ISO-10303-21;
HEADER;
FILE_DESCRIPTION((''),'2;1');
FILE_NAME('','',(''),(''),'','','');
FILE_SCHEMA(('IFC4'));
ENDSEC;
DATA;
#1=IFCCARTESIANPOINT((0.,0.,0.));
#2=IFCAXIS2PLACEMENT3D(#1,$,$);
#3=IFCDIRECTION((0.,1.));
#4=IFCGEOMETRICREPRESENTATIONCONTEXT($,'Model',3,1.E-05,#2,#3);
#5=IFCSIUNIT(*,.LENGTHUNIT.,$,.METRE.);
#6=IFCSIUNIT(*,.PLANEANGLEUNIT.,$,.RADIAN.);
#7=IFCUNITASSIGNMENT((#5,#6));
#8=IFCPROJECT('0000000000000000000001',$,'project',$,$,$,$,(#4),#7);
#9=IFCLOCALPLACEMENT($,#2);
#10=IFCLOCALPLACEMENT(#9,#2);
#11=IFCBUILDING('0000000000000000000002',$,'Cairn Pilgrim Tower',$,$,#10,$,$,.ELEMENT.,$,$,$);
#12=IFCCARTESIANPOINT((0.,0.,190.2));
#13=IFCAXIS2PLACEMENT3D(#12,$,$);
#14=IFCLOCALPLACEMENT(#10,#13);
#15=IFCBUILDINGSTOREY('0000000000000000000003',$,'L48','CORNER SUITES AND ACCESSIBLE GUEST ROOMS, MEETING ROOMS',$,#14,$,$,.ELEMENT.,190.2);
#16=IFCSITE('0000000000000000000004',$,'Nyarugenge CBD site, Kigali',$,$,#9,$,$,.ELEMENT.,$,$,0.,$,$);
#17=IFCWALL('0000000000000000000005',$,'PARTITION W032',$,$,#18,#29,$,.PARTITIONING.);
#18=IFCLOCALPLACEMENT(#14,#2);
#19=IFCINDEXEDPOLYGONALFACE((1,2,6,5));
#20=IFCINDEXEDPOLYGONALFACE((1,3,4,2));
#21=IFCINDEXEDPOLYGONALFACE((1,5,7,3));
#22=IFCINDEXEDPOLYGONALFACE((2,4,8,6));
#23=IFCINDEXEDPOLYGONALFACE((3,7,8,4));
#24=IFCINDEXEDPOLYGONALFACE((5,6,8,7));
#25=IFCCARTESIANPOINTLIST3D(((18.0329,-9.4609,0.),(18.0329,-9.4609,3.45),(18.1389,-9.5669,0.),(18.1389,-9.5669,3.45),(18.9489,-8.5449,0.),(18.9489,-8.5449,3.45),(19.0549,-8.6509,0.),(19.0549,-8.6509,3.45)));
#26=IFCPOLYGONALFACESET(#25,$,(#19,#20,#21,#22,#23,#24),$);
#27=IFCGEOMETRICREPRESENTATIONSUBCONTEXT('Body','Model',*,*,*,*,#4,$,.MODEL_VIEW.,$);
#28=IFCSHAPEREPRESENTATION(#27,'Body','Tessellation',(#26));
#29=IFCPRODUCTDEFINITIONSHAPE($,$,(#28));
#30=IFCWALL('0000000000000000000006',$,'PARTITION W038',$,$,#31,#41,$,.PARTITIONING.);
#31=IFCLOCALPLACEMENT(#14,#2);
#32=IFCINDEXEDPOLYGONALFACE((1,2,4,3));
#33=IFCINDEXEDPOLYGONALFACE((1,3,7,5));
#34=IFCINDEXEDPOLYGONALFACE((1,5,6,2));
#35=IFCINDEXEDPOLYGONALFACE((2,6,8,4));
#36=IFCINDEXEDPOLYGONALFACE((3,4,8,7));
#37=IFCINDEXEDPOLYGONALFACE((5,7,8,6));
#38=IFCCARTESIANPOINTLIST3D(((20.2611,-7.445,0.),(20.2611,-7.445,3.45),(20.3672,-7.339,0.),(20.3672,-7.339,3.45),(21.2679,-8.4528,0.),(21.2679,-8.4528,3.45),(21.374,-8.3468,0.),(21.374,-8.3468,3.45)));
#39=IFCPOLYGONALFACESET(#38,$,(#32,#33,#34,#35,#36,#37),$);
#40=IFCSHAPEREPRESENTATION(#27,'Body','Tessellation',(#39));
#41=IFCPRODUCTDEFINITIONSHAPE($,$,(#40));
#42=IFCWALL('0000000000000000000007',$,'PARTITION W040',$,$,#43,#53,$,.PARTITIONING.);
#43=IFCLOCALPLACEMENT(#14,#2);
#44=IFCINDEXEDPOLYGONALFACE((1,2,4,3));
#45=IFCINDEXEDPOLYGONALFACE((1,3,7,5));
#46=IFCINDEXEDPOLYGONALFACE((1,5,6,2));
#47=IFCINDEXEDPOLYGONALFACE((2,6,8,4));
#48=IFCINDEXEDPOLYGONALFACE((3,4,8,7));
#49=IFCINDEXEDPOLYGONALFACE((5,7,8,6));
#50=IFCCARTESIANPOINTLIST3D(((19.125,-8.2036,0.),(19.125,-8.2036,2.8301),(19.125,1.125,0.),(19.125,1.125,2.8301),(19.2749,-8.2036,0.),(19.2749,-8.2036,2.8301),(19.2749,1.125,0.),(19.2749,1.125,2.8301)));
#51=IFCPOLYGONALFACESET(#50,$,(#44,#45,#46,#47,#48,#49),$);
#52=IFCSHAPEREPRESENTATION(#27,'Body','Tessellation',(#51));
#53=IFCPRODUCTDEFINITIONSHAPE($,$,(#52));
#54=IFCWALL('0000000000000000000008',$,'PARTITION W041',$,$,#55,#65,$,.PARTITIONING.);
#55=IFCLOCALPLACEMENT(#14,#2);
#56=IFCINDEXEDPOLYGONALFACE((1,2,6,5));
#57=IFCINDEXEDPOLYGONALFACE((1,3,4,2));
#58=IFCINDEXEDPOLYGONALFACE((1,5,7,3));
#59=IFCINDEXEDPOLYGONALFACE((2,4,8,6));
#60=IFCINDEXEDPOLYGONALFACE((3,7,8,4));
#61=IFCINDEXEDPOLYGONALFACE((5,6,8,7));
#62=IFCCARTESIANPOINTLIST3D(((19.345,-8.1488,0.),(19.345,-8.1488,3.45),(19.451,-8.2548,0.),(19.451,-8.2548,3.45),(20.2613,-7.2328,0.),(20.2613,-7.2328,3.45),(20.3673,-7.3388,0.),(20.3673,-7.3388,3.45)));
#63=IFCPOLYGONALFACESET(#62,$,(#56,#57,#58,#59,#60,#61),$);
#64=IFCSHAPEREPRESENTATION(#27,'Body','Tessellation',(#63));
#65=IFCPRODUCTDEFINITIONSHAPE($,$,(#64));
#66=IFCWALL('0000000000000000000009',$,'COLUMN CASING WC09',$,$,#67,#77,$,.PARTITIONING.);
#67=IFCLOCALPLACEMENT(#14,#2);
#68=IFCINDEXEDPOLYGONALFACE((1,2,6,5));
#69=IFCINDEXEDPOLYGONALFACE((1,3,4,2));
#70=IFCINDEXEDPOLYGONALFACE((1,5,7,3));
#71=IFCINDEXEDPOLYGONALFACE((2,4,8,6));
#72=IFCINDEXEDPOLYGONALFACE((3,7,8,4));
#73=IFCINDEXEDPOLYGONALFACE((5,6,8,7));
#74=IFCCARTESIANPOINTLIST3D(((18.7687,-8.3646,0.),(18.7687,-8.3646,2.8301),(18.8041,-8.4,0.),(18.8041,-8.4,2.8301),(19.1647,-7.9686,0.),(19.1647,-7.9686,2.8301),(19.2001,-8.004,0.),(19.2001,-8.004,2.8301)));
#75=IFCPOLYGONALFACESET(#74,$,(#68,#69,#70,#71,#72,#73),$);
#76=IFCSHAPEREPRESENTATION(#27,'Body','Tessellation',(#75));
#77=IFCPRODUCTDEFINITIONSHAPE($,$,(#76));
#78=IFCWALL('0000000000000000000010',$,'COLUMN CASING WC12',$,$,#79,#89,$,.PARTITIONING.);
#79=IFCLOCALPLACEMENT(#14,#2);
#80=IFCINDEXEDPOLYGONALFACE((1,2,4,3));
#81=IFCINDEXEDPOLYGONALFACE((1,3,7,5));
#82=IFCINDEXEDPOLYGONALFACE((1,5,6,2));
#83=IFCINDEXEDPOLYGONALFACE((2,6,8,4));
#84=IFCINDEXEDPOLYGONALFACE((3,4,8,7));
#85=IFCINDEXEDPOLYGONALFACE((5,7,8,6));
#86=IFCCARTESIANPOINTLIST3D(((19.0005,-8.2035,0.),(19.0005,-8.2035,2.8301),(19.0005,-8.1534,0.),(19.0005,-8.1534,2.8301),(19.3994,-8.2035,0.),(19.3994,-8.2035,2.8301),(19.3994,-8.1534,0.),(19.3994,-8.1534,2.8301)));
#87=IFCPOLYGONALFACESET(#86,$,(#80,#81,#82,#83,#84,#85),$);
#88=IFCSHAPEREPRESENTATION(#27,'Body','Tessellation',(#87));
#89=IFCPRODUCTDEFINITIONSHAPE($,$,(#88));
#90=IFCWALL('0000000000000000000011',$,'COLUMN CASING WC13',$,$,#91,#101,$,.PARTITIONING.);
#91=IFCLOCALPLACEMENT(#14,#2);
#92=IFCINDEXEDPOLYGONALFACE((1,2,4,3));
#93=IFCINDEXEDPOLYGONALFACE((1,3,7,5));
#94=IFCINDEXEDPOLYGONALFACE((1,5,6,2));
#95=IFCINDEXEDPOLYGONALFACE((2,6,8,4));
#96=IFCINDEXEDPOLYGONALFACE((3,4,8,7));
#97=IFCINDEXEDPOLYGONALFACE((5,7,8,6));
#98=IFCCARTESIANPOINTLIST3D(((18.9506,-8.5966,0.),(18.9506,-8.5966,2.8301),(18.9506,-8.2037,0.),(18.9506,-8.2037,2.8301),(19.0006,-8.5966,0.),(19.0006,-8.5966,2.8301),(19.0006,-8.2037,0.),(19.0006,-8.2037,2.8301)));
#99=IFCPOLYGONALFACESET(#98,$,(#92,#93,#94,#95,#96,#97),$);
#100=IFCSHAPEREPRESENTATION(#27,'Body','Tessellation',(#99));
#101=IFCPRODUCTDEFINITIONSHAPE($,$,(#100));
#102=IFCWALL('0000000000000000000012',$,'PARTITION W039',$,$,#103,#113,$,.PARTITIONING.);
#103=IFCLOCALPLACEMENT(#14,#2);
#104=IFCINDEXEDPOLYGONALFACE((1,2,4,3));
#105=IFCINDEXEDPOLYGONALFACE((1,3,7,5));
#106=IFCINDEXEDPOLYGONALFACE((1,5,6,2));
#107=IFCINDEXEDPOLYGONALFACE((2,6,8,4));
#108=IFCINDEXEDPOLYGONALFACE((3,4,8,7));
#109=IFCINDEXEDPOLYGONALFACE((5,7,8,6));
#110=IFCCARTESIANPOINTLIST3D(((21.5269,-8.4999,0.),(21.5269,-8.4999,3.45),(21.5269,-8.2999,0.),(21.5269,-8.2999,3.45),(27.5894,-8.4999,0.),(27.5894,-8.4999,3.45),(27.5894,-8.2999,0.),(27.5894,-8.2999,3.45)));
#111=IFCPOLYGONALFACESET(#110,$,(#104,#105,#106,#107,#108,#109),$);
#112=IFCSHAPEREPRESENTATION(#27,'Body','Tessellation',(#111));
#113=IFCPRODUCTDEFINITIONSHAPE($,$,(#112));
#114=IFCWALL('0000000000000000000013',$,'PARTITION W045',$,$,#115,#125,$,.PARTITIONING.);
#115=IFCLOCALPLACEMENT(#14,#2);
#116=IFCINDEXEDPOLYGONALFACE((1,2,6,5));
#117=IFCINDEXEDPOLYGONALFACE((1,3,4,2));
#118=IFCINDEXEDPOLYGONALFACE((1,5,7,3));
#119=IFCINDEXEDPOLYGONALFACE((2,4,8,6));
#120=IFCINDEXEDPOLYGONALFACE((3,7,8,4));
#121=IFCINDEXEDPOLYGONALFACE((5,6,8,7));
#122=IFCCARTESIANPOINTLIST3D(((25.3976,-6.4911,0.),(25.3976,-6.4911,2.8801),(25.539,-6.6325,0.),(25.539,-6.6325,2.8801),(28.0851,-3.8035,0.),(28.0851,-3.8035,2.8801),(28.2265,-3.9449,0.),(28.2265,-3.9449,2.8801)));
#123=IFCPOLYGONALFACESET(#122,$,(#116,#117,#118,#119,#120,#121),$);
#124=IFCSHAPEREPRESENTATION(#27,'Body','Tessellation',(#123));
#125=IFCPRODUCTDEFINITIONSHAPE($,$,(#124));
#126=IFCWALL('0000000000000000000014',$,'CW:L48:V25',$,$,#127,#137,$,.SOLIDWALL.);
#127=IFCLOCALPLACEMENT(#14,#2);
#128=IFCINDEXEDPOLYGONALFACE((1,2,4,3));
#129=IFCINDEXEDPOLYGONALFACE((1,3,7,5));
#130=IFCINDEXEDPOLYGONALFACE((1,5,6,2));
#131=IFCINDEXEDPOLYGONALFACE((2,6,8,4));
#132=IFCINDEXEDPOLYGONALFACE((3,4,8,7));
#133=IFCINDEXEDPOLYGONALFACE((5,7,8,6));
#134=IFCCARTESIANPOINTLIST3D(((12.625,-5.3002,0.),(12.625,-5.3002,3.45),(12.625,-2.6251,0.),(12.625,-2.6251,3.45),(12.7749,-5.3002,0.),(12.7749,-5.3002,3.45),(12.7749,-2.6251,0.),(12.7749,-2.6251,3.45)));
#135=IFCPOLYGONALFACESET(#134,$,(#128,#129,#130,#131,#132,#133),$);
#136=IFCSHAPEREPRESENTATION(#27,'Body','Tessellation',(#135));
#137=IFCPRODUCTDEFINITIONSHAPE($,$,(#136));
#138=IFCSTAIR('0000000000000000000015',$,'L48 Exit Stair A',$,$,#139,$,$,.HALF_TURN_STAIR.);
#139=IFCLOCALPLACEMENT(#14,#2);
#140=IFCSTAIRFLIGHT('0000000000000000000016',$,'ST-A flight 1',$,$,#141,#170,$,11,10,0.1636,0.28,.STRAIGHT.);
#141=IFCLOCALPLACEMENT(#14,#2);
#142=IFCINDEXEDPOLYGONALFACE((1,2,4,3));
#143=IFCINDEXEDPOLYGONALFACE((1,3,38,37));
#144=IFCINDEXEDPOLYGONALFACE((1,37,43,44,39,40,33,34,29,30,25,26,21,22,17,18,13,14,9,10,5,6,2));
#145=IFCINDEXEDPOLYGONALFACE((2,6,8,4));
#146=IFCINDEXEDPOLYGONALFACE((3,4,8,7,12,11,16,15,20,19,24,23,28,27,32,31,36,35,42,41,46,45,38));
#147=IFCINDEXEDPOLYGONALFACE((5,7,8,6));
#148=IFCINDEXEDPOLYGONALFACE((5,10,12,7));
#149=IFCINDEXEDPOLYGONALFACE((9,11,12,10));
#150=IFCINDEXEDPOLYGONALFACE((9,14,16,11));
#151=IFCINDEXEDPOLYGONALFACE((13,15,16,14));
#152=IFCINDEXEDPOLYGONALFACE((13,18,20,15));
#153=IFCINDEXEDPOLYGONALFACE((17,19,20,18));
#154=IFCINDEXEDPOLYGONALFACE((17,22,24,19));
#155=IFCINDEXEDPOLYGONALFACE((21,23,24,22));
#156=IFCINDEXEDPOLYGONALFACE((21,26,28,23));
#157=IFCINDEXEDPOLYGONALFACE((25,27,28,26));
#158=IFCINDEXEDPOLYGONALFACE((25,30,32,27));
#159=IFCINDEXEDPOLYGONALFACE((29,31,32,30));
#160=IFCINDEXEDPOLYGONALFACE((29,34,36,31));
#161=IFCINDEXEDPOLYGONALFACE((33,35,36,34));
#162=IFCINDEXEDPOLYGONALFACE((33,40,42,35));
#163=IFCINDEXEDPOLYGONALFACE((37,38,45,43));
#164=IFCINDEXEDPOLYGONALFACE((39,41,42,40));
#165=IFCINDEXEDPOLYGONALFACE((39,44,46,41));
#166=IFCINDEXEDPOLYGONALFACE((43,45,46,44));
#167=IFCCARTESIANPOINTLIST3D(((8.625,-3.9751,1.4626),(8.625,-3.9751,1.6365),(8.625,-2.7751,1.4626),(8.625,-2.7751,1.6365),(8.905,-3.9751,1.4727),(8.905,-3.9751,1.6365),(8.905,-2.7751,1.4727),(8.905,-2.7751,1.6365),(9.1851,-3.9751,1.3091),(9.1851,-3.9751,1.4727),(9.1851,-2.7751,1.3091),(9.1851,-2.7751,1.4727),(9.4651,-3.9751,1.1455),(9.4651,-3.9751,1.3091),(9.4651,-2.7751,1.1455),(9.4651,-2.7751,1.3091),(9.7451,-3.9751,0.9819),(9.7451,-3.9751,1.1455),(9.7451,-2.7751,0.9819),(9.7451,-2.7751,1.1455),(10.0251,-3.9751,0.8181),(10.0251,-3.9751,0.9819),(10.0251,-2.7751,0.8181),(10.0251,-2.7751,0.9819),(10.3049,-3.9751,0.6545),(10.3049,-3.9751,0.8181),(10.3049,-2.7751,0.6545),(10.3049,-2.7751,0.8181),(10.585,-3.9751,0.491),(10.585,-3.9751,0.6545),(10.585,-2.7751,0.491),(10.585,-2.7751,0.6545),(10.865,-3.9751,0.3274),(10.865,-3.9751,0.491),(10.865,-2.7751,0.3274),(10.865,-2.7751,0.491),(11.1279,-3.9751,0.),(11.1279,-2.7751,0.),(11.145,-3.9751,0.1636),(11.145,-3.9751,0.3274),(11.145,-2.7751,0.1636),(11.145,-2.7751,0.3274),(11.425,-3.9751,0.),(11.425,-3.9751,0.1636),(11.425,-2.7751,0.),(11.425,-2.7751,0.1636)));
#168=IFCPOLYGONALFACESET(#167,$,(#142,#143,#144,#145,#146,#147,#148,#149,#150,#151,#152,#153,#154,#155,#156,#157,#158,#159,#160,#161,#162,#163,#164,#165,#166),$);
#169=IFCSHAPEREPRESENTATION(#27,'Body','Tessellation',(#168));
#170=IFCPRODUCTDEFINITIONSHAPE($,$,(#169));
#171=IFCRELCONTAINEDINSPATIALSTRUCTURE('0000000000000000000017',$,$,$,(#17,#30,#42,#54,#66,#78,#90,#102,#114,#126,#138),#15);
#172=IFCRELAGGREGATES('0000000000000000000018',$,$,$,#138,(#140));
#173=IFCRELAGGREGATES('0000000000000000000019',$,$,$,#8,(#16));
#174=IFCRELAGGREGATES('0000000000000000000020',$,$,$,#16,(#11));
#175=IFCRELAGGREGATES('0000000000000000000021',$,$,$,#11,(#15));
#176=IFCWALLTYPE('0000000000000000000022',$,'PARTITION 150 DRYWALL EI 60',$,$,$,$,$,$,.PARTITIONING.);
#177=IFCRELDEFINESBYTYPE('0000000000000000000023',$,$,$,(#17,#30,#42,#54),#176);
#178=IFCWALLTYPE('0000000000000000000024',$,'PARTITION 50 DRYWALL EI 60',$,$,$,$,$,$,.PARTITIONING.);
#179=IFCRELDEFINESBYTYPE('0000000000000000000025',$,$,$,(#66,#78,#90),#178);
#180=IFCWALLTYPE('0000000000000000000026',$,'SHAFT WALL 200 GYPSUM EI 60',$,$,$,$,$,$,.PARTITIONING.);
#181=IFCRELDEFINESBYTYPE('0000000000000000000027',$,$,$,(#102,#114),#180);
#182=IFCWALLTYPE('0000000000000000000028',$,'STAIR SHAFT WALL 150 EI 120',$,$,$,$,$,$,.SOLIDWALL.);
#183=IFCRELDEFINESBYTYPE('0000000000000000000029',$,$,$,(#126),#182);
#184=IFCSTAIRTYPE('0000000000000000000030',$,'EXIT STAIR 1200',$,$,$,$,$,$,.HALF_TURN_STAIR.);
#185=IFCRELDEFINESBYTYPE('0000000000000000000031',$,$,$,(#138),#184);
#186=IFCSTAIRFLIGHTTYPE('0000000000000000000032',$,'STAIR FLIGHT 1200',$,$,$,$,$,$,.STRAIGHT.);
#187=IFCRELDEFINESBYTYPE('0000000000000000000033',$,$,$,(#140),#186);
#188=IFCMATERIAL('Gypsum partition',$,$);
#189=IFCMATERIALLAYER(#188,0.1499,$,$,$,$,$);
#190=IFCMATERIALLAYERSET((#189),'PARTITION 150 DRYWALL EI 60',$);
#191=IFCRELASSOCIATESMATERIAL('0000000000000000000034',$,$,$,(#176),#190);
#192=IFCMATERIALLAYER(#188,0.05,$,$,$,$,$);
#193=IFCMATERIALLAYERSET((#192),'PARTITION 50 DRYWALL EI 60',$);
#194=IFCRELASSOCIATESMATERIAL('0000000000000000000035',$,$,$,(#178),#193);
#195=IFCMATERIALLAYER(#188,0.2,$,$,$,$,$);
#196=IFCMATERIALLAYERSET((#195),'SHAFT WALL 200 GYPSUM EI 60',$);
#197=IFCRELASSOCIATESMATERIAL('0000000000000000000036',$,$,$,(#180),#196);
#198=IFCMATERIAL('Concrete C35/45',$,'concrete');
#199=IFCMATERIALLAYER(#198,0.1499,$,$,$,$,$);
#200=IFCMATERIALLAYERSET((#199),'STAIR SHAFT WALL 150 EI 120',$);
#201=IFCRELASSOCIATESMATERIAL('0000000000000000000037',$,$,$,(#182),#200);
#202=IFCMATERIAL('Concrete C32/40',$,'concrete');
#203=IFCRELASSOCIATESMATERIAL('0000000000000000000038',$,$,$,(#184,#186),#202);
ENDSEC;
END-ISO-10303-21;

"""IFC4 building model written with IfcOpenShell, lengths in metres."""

from ifc_helpers import new_model, si_unit, direction, frame, frame_2d, origin, place, context, subcontext, project, spatial, polyline, rectangle, outline, extrude, material, layer, layer_set, type_object, element, aggregate, save


model = new_model("IFC4")

# Units and contexts
model_context = context("Model", 3, precision=1e-05, world=origin(), true_north=direction((0.0, 1.0)))
body_context = subcontext(model_context, "Body", "Model", "MODEL_VIEW")
ifc_project = project(units=[si_unit("LENGTHUNIT", "METRE"), si_unit("PLANEANGLEUNIT", "RADIAN")], contexts=[model_context])

# Site, building, storey
site_placement = place(None, origin())
site = spatial("IfcSite", under=ifc_project, at=site_placement, Name="Nyarugenge CBD site, Kigali", CompositionType="ELEMENT", RefElevation=0.0)
building_placement = place(site_placement, origin())
building = spatial("IfcBuilding", under=site, at=building_placement, Name="Cairn Pilgrim Tower", CompositionType="ELEMENT")
storey_placement = place(building_placement, frame((0.0, 0.0, 190.2)))
storey = spatial("IfcBuildingStorey", under=building, at=storey_placement, Name="L48", Description="CORNER SUITES AND ACCESSIBLE GUEST ROOMS, MEETING ROOMS", CompositionType="ELEMENT", Elevation=190.2)

# Shared definitions
ifc_material_1 = material(Name="Concrete C32/40", Category="concrete")

# Walls
ifc_material_2 = material(Name="Gypsum partition")
ifc_layer_1 = layer(ifc_material_2, 0.1499)
ifc_layer_set_1 = layer_set([ifc_layer_1], Name="PARTITION 150 DRYWALL EI 60")
wall_type_1 = type_object("IfcWallType", Name="PARTITION 150 DRYWALL EI 60", PredefinedType="PARTITIONING", material=ifc_layer_set_1)
wall_1_placement = place(storey_placement, frame((18.0859, -9.5139, 0.0), z_axis=(0.0, 0.0, 1.0), x_axis=(0.707107, 0.707107, 0.0)))
element("IfcWall", 1, at=wall_1_placement, inside=storey, type_object=wall_type_1, Name="PARTITION W032", PredefinedType="PARTITIONING", context=body_context, shape_type="SweptSolid", body=[
    extrude(rectangle(XDim=1.2954, YDim=0.1499, at=frame_2d((0.6477, 0.0))), origin(), (0.0, 0.0, 1.0), 3.45),
])
wall_2_placement = place(storey_placement, frame((21.321, -8.3999, 0.0), z_axis=(0.0, 0.0, 1.0), x_axis=(-0.706764, 0.707449, 0.0)))
element("IfcWall", 2, at=wall_2_placement, inside=storey, type_object=wall_type_1, Name="PARTITION W038", PredefinedType="PARTITIONING", context=body_context, shape_type="SweptSolid", body=[
    extrude(rectangle(XDim=1.4246, YDim=0.1499, at=frame_2d((0.7124, 0.0))), origin(), (0.0, 0.0, 1.0), 3.45),
])
wall_3_placement = place(storey_placement, frame((19.2, -8.2036, 0.0), z_axis=(0.0, 0.0, 1.0), x_axis=(0.0, 1.0, 0.0)))
element("IfcWall", 3, at=wall_3_placement, inside=storey, type_object=wall_type_1, Name="PARTITION W040", PredefinedType="PARTITIONING", context=body_context, shape_type="SweptSolid", body=[
    extrude(rectangle(XDim=9.3286, YDim=0.1499, at=frame_2d((4.6643, 0.0))), origin(), (0.0, 0.0, 1.0), 2.8301),
])
wall_4_placement = place(storey_placement, frame((19.3979, -8.2019, 0.0), z_axis=(0.0, 0.0, 1.0), x_axis=(0.707201, 0.707013, 0.0)))
element("IfcWall", 4, at=wall_4_placement, inside=storey, type_object=wall_type_1, Name="PARTITION W041", PredefinedType="PARTITIONING", context=body_context, shape_type="SweptSolid", body=[
    extrude(rectangle(XDim=1.2957, YDim=0.1499, at=frame_2d((0.6479, 0.0))), origin(), (0.0, 0.0, 1.0), 3.45),
])
ifc_layer_2 = layer(ifc_material_2, 0.05)
ifc_layer_set_2 = layer_set([ifc_layer_2], Name="PARTITION 50 DRYWALL EI 60")
wall_type_2 = type_object("IfcWallType", Name="PARTITION 50 DRYWALL EI 60", PredefinedType="PARTITIONING", material=ifc_layer_set_2)
wall_5_placement = place(storey_placement, frame((18.7864, -8.3823, 0.0), z_axis=(0.0, 0.0, 1.0), x_axis=(0.707107, 0.707107, 0.0)))
element("IfcWall", 5, at=wall_5_placement, inside=storey, type_object=wall_type_2, Name="COLUMN CASING WC09", PredefinedType="PARTITIONING", context=body_context, shape_type="SweptSolid", body=[
    extrude(rectangle(XDim=0.5601, YDim=0.05, at=frame_2d((0.28, 0.0))), origin(), (0.0, 0.0, 1.0), 2.8301),
])
wall_6_placement = place(storey_placement, frame((19.0005, -8.1785, 0.0), z_axis=(0.0, 0.0, 1.0), x_axis=(1.0, 0.0, 0.0)))
element("IfcWall", 6, at=wall_6_placement, inside=storey, type_object=wall_type_2, Name="COLUMN CASING WC12", PredefinedType="PARTITIONING", context=body_context, shape_type="SweptSolid", body=[
    extrude(rectangle(XDim=0.3989, YDim=0.05, at=frame_2d((0.1995, 0.0))), origin(), (0.0, 0.0, 1.0), 2.8301),
])
wall_7_placement = place(storey_placement, frame((18.9756, -8.5964, 0.0), z_axis=(0.0, 0.0, 1.0), x_axis=(0.0, 1.0, 0.0)))
element("IfcWall", 7, at=wall_7_placement, inside=storey, type_object=wall_type_2, Name="COLUMN CASING WC13", PredefinedType="PARTITIONING", context=body_context, shape_type="SweptSolid", body=[
    extrude(rectangle(XDim=0.3928, YDim=0.05, at=frame_2d((0.1963, 0.0))), origin(), (0.0, 0.0, 1.0), 2.8301),
])
ifc_layer_3 = layer(ifc_material_2, 0.2)
ifc_layer_set_3 = layer_set([ifc_layer_3], Name="SHAFT WALL 200 GYPSUM EI 60")
wall_type_3 = type_object("IfcWallType", Name="SHAFT WALL 200 GYPSUM EI 60", PredefinedType="PARTITIONING", material=ifc_layer_set_3)
wall_8_placement = place(storey_placement, frame((21.5269, -8.3999, 0.0), z_axis=(0.0, 0.0, 1.0), x_axis=(1.0, 0.0, 0.0)))
element("IfcWall", 8, at=wall_8_placement, inside=storey, type_object=wall_type_3, Name="PARTITION W039", PredefinedType="PARTITIONING", context=body_context, shape_type="SweptSolid", body=[
    extrude(rectangle(XDim=6.0625, YDim=0.2, at=frame_2d((3.0312, 0.0))), origin(), (0.0, 0.0, 1.0), 3.45),
])
wall_9_placement = place(storey_placement, frame((25.4683, -6.5618, 0.0), z_axis=(0.0, 0.0, 1.0), x_axis=(0.707107, 0.707107, 0.0)))
element("IfcWall", 9, at=wall_9_placement, inside=storey, type_object=wall_type_3, Name="PARTITION W045", PredefinedType="PARTITIONING", context=body_context, shape_type="SweptSolid", body=[
    extrude(rectangle(XDim=3.8008, YDim=0.2, at=frame_2d((1.9004, 0.0))), origin(), (0.0, 0.0, 1.0), 2.8801),
])
ifc_material_3 = material(Name="Concrete C35/45", Category="concrete")
ifc_layer_4 = layer(ifc_material_3, 0.1499)
ifc_layer_set_4 = layer_set([ifc_layer_4], Name="STAIR SHAFT WALL 150 EI 120")
wall_type_4 = type_object("IfcWallType", Name="STAIR SHAFT WALL 150 EI 120", PredefinedType="SOLIDWALL", material=ifc_layer_set_4)
wall_10_placement = place(storey_placement, frame((12.7, -5.3, 0.0), z_axis=(0.0, 0.0, 1.0), x_axis=(0.0, 1.0, 0.0)))
element("IfcWall", 10, at=wall_10_placement, inside=storey, type_object=wall_type_4, Name="CW:L48:V25", PredefinedType="SOLIDWALL", context=body_context, shape_type="SweptSolid", body=[
    extrude(rectangle(XDim=2.675, YDim=0.1499, at=frame_2d((1.3374, 0.0))), origin(), (0.0, 0.0, 1.0), 3.45),
])

# Stair, stair flight
stair_type = type_object("IfcStairType", Name="EXIT STAIR 1200", PredefinedType="HALF_TURN_STAIR", material=ifc_material_1)
stair_placement = place(storey_placement, origin())
stair = element("IfcStair", 11, at=stair_placement, inside=storey, type_object=stair_type, Name="L48 Exit Stair A", PredefinedType="HALF_TURN_STAIR")
stair_flight_type = type_object("IfcStairFlightType", Name="STAIR FLIGHT 1200", PredefinedType="STRAIGHT", material=ifc_material_1)
stair_flight_placement = place(storey_placement, frame((11.425, -3.375, 0.0), z_axis=(0.0, 0.0, 1.0), x_axis=(-1.0, 0.0, 0.0)))
stair_flight = element("IfcStairFlight", 12, at=stair_flight_placement, type_object=stair_flight_type, Name="ST-A flight 1", NumberOfRisers=11, NumberOfTreads=10, PredefinedType="STRAIGHT", RiserHeight=0.1636, TreadLength=0.28, context=body_context, shape_type="SweptSolid", body=[
    extrude(outline(polyline([(0.0, 0.0), (0.0, 0.1636), (0.28, 0.1636), (0.28, 0.3274), (0.5601, 0.3274), (0.5601, 0.491), (0.8401, 0.491), (0.8401, 0.6545), (1.1201, 0.6545), (1.1201, 0.8181), (1.3999, 0.8181), (1.3999, 0.9819), (1.6799, 0.9819), (1.6799, 1.1455), (1.96, 1.1455), (1.96, 1.3091), (2.24, 1.3091), (2.24, 1.4727), (2.52, 1.4727), (2.52, 1.6365), (2.8, 1.6365), (2.8, 1.8), (2.8, 1.4626), (0.2971, 0.0), (0.0, 0.0)])), frame((0.0, 0.6001, 0.0), z_axis=(0.0, -1.0, 0.0), x_axis=(1.0, 0.0, 0.0)), (0.0, 0.0, 1.0), 1.2),
])
aggregate(stair, [stair_flight])

save(model, "model.ifc")
